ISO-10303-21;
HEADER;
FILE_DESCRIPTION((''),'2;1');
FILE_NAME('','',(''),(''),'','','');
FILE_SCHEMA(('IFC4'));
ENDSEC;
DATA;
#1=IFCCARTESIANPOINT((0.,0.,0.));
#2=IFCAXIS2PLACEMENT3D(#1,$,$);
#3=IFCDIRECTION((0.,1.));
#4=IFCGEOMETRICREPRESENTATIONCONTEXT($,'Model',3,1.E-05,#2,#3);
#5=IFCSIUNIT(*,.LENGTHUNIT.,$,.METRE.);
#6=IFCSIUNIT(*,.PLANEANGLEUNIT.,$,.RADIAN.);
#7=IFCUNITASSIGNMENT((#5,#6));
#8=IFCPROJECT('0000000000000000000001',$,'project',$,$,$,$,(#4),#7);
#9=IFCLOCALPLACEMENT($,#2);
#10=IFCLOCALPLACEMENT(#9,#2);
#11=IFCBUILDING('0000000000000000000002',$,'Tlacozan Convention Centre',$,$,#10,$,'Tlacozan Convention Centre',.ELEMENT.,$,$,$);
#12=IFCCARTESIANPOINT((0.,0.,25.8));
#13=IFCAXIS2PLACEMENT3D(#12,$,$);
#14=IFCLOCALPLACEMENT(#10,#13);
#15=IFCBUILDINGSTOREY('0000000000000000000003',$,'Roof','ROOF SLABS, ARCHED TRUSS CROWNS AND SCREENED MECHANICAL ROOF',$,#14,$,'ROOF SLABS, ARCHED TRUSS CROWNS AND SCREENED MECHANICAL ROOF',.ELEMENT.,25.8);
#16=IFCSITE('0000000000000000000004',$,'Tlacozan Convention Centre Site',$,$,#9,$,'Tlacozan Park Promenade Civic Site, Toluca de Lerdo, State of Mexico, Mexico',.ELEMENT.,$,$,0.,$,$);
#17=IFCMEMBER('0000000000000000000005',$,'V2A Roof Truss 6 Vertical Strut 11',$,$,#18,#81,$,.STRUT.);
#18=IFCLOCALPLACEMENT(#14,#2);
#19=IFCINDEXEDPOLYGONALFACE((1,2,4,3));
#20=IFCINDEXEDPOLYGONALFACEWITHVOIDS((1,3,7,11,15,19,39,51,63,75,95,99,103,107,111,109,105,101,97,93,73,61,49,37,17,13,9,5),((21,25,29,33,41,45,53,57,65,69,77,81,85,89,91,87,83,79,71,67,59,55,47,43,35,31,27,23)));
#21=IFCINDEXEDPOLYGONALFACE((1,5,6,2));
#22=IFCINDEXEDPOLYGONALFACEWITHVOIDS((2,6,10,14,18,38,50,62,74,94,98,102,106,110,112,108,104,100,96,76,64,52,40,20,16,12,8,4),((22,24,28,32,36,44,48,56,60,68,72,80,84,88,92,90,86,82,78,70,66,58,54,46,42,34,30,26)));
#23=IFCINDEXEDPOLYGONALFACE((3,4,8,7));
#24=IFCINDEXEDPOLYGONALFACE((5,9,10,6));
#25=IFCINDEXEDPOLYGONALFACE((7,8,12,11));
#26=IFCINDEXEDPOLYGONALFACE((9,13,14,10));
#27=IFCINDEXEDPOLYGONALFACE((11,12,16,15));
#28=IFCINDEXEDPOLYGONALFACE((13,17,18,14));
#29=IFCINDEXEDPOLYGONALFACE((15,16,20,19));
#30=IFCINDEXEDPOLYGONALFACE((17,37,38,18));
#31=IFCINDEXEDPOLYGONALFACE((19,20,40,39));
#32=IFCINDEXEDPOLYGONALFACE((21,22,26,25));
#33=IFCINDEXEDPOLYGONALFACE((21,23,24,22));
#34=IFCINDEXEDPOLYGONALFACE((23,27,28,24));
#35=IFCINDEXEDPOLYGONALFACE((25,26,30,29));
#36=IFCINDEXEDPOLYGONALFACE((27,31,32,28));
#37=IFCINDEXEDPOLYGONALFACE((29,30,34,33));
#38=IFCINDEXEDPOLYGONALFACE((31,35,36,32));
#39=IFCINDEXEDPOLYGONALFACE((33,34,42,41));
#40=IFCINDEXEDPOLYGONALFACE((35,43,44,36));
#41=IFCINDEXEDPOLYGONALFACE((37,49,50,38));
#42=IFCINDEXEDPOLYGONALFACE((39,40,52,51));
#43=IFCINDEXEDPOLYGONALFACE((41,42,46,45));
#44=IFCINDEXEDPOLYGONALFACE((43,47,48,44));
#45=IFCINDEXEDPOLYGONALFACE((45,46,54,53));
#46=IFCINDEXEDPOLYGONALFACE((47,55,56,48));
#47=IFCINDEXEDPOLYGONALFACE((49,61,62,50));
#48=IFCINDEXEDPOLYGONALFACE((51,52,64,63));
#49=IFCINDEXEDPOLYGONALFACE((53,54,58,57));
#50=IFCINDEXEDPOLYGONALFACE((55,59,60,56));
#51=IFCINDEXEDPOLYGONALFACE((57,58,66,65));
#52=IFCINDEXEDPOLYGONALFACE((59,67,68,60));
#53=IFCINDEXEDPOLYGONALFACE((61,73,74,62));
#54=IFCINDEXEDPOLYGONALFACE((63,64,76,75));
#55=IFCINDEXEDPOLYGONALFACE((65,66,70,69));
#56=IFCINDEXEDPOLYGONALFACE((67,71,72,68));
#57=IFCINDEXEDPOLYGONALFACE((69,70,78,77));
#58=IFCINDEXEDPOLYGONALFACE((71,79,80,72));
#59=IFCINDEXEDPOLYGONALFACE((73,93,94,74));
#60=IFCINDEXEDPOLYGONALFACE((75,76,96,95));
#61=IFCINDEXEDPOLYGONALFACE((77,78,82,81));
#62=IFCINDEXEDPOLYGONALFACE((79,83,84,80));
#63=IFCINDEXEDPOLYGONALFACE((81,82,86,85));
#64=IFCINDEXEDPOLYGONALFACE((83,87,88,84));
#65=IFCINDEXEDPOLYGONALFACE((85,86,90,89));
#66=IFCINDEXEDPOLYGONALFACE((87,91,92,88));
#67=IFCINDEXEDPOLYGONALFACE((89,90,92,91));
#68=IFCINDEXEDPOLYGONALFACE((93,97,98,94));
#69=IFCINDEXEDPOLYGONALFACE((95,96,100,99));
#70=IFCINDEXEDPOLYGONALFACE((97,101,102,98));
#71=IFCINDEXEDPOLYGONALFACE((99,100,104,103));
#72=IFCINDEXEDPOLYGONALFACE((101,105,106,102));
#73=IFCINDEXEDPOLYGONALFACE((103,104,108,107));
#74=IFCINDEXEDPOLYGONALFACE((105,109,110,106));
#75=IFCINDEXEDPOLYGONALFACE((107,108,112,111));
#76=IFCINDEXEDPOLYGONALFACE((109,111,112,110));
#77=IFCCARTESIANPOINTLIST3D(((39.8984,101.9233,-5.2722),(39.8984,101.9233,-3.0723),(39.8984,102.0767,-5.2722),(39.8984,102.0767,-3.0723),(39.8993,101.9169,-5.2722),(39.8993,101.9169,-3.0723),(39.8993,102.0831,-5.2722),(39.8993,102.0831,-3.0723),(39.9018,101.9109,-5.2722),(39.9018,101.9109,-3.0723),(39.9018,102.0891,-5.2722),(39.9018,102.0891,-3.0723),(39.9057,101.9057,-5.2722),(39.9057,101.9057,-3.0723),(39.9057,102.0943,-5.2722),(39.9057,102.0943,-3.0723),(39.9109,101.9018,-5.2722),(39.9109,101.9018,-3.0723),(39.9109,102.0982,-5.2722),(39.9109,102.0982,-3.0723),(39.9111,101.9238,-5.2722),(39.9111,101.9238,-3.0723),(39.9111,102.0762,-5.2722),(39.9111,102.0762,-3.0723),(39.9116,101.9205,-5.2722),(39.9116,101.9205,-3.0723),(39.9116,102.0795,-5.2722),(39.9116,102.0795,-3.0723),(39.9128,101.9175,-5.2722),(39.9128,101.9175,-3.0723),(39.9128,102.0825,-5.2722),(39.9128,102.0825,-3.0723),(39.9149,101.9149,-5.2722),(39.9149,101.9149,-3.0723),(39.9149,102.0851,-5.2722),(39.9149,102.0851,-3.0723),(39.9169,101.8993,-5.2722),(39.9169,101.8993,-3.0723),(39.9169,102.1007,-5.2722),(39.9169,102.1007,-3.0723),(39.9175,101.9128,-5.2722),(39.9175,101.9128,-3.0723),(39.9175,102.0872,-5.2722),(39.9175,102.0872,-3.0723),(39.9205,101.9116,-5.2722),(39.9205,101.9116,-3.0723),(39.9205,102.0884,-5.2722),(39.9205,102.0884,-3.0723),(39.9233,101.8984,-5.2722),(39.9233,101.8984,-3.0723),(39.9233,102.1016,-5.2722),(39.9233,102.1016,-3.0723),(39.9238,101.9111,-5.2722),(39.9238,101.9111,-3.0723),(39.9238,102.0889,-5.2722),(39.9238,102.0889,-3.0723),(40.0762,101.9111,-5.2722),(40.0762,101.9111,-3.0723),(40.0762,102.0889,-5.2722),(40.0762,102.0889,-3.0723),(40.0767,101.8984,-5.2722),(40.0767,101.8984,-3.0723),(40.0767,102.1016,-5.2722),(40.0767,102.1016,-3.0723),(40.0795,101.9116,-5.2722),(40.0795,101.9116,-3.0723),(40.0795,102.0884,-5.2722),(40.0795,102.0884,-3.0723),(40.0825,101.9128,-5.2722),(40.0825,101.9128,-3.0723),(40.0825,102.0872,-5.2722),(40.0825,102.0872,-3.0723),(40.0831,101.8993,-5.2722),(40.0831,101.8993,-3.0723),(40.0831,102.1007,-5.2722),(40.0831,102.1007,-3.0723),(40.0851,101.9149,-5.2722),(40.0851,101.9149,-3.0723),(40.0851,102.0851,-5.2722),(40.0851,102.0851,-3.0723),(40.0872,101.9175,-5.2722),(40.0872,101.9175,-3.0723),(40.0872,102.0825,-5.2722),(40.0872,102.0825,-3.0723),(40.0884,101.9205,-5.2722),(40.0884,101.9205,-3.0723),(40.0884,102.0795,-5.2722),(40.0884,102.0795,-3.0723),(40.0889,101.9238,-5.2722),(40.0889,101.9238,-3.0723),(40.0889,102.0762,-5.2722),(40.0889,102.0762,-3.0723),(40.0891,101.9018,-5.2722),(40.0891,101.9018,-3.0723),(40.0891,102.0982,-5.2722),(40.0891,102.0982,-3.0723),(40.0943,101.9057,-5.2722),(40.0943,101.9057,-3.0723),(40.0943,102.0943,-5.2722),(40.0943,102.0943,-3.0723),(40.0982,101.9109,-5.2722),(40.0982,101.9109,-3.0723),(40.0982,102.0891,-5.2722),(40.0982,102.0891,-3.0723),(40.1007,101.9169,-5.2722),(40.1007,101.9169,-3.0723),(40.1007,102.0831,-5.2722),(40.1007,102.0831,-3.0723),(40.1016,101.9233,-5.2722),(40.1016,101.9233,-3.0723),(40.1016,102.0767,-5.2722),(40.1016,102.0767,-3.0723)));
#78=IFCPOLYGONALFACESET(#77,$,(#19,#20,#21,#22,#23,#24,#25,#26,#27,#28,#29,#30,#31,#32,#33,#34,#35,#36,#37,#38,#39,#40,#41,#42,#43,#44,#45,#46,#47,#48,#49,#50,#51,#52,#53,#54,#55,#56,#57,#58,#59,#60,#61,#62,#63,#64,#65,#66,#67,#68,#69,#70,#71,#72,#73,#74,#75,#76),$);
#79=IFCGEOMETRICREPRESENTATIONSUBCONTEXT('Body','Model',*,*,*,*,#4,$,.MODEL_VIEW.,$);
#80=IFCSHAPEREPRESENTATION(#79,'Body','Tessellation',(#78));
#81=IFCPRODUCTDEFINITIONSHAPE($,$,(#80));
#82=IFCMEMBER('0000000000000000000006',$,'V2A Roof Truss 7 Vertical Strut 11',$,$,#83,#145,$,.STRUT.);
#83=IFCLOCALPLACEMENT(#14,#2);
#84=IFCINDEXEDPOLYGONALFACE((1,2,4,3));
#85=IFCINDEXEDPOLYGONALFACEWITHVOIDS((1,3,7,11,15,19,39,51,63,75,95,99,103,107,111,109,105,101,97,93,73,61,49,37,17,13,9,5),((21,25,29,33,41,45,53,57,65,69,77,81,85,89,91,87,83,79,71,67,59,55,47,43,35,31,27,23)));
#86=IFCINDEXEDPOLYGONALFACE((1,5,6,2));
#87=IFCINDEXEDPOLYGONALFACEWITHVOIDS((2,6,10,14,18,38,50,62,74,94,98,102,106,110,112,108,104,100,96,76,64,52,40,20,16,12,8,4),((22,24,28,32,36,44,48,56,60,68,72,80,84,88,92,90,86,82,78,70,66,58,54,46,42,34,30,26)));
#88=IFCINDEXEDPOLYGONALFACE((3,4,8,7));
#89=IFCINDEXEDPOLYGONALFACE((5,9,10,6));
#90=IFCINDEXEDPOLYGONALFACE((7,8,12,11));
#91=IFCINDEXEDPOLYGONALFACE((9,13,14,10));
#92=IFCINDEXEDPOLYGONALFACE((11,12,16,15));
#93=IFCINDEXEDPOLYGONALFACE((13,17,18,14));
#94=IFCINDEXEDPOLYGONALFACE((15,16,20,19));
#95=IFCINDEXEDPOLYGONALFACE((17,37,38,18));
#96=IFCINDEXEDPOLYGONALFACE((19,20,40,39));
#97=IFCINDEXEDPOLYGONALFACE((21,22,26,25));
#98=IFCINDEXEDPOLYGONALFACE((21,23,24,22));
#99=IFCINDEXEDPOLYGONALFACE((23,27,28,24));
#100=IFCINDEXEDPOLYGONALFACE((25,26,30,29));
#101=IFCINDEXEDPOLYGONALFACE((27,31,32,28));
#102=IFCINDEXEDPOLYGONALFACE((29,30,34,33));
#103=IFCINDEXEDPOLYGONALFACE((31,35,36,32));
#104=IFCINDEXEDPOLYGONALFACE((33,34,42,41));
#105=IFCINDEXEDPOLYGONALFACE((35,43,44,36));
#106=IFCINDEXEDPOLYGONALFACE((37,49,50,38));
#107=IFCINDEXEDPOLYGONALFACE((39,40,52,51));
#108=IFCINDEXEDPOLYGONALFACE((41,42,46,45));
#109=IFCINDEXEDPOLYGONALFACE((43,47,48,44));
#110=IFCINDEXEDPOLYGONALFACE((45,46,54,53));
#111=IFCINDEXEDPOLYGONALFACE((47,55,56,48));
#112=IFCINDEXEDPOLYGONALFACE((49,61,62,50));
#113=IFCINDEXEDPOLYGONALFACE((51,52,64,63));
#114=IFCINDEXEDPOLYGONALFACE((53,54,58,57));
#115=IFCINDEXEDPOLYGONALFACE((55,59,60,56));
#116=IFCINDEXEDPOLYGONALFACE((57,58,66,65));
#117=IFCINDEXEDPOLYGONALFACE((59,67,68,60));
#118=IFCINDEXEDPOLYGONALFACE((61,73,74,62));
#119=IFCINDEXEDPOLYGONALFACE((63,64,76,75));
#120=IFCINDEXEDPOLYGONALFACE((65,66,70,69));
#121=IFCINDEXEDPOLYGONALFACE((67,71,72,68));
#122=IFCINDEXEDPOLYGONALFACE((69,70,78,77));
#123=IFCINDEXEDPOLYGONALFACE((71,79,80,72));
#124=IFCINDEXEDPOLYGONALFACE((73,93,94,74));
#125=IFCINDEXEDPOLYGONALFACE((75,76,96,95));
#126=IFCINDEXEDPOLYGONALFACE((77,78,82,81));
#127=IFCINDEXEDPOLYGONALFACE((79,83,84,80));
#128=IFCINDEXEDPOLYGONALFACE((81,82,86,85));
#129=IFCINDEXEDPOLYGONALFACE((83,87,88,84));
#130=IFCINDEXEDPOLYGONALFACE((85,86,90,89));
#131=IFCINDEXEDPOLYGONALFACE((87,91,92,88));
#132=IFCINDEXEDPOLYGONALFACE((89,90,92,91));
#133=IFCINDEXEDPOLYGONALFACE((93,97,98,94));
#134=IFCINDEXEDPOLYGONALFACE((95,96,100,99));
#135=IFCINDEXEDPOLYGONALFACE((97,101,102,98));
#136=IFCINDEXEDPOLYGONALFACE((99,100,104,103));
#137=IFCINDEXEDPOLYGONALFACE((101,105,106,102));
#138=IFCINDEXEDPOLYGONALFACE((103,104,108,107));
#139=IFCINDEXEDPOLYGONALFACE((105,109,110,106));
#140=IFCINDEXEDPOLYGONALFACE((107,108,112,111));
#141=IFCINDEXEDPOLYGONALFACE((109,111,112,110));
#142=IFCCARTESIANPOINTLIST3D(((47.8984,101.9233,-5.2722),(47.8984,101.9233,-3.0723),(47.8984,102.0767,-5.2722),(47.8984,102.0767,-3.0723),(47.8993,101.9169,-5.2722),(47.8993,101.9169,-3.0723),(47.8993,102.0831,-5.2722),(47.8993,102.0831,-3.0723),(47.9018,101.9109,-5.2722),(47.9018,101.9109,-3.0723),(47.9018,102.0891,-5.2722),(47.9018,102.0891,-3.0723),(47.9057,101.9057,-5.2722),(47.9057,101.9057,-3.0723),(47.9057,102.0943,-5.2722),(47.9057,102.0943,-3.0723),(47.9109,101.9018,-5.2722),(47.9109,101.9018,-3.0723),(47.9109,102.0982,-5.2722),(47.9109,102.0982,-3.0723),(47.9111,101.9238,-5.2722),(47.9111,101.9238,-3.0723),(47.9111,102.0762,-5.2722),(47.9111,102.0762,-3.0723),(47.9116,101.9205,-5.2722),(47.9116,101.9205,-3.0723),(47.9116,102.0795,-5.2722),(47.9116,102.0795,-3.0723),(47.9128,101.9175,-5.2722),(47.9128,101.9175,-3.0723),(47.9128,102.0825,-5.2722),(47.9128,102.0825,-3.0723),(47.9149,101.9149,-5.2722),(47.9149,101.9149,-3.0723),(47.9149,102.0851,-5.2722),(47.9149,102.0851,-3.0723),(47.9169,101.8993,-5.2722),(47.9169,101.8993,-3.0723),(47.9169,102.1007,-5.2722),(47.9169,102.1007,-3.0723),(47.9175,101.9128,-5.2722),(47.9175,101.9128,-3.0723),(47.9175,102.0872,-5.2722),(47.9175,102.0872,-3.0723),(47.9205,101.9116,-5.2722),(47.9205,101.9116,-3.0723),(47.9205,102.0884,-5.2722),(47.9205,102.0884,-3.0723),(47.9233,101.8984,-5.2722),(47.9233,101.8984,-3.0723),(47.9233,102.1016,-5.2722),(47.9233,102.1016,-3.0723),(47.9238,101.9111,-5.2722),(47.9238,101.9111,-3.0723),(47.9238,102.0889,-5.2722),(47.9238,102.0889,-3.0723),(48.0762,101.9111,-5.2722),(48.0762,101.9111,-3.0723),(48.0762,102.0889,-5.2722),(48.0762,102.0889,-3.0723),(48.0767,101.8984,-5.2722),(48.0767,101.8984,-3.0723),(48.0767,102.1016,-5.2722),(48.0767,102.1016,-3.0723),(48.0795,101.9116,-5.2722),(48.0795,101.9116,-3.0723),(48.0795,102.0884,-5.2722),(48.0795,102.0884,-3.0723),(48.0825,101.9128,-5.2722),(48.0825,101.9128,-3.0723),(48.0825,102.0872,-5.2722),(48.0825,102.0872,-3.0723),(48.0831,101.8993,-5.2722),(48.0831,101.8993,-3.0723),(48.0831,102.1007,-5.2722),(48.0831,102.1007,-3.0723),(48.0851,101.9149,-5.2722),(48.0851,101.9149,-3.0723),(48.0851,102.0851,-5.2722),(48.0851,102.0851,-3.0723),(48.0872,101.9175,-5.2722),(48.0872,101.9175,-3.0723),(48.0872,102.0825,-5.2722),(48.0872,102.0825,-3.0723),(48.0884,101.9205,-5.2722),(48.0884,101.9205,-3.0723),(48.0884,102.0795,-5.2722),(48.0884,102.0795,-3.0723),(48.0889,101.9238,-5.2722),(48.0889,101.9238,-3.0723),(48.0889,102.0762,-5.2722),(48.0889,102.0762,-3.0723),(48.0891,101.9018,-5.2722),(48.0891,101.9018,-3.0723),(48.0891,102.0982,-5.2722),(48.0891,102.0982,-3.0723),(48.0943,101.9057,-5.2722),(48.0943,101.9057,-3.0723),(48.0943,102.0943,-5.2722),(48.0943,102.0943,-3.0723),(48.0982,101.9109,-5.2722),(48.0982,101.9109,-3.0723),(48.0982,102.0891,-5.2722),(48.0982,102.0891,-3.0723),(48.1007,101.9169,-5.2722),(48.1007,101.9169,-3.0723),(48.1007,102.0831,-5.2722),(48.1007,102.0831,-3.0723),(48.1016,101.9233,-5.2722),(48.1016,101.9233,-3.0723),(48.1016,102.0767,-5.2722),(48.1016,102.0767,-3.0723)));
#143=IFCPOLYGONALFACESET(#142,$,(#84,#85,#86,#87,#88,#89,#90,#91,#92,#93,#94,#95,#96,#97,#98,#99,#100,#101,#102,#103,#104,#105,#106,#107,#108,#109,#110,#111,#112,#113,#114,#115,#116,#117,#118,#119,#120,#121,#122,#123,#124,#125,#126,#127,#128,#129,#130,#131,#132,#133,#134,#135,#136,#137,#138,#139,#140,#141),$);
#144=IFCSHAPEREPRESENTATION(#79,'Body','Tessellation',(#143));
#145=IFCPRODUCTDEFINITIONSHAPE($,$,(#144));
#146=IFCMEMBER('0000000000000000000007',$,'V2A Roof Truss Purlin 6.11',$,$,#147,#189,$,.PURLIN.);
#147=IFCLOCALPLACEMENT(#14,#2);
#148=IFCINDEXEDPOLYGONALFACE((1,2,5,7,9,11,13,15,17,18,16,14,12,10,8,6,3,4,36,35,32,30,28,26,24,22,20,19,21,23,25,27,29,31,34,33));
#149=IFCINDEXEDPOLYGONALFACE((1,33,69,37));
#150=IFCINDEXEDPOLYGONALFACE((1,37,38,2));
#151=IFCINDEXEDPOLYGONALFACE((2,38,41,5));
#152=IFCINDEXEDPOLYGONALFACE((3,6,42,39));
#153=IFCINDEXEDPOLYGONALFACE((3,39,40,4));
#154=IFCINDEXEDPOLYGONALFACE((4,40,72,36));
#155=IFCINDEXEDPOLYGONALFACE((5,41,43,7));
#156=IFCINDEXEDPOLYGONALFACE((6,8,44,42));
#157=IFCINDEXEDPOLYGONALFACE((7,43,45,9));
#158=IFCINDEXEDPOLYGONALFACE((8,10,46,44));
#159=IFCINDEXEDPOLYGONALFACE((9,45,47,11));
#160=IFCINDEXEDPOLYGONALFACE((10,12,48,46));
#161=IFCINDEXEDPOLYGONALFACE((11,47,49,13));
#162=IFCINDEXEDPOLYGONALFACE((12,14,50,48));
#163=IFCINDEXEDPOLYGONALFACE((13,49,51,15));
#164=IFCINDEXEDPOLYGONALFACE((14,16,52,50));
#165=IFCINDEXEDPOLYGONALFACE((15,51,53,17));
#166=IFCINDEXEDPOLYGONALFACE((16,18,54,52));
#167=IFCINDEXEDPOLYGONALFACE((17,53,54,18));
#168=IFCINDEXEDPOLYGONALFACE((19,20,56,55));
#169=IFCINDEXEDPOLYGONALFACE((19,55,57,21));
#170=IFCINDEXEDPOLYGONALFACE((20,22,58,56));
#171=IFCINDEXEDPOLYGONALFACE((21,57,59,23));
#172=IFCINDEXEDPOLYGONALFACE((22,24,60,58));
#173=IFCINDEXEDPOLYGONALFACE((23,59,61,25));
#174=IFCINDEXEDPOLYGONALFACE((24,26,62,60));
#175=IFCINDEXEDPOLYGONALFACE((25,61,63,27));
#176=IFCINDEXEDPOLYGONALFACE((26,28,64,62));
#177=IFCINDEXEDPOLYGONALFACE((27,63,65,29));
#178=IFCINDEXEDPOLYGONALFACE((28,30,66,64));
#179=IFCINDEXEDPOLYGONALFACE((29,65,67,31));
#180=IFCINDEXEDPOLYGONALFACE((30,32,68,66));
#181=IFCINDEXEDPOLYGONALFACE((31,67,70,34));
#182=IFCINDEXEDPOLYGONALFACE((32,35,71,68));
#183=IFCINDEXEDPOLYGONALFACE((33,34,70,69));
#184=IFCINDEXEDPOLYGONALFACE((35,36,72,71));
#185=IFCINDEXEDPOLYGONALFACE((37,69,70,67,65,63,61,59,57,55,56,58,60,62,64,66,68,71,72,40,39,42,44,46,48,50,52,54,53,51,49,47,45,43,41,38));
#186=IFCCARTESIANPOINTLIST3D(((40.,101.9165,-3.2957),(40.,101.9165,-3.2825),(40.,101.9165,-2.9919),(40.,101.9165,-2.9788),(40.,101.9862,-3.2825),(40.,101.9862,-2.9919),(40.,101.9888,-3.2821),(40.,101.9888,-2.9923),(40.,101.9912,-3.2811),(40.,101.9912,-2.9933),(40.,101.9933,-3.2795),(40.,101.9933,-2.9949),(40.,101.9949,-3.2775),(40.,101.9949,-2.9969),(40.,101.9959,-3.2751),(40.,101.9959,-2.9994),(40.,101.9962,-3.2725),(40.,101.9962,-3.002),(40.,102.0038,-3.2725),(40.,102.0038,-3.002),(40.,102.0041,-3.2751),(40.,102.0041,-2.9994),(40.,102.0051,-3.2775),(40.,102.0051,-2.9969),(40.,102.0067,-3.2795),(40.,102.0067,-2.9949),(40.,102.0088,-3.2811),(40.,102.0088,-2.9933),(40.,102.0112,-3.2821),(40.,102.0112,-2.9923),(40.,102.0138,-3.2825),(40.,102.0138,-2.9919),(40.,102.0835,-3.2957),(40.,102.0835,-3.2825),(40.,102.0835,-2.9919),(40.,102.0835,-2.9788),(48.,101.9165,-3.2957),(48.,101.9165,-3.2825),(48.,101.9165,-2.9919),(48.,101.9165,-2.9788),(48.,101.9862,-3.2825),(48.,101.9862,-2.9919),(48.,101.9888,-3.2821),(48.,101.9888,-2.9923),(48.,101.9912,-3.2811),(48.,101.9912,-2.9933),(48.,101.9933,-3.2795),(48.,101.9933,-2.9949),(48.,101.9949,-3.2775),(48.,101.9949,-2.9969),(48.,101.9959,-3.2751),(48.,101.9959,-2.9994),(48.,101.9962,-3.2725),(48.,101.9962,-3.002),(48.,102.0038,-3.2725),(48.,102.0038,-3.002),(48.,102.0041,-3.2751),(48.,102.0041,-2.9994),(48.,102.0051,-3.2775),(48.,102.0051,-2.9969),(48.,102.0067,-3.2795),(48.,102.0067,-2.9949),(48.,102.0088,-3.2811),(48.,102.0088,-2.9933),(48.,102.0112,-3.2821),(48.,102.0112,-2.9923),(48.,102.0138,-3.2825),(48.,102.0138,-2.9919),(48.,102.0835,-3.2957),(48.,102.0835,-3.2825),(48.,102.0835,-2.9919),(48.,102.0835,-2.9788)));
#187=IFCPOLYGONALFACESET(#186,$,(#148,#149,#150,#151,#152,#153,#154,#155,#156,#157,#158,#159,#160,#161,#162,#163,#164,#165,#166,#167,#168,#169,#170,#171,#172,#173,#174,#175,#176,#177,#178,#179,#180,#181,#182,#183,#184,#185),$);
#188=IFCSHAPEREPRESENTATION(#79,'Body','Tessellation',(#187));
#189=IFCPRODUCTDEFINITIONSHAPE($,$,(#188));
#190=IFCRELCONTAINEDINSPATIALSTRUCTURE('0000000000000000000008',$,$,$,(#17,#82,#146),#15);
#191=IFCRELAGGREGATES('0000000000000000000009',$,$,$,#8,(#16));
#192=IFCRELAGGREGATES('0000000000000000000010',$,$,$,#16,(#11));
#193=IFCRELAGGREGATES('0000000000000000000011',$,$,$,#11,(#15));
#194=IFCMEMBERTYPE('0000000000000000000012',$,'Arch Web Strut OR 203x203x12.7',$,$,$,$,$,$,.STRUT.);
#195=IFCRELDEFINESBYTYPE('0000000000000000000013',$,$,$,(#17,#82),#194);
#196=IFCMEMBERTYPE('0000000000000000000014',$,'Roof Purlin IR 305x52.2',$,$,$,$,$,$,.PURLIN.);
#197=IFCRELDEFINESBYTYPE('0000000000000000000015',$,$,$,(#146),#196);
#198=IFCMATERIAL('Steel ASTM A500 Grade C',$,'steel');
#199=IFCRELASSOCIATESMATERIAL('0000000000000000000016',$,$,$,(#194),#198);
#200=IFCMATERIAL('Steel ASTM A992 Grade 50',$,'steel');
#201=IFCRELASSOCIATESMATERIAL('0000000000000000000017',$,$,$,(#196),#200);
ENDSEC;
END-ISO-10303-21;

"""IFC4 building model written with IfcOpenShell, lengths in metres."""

from ifc_helpers import new_model, si_unit, direction, frame, origin, origin_2d, place, context, subcontext, project, spatial, hollow_rectangle, i_section, extrude, material, material_profile, profile_set, type_object, element, save


model = new_model("IFC4")

# Units and contexts
model_context = context("Model", 3, precision=1e-05, world=origin(), true_north=direction((0.0, 1.0)))
body_context = subcontext(model_context, "Body", "Model", "MODEL_VIEW")
ifc_project = project(units=[si_unit("LENGTHUNIT", "METRE"), si_unit("PLANEANGLEUNIT", "RADIAN")], contexts=[model_context])

# Site, building, storey
site_placement = place(None, origin())
site = spatial("IfcSite", under=ifc_project, at=site_placement, Name="Tlacozan Convention Centre Site", LongName="Tlacozan Park Promenade Civic Site, Toluca de Lerdo, State of Mexico, Mexico", CompositionType="ELEMENT", RefElevation=0.0)
building_placement = place(site_placement, origin())
building = spatial("IfcBuilding", under=site, at=building_placement, Name="Tlacozan Convention Centre", LongName="Tlacozan Convention Centre", CompositionType="ELEMENT")
storey_placement = place(building_placement, frame((0.0, 0.0, 25.8)))
storey = spatial("IfcBuildingStorey", under=building, at=storey_placement, Name="Roof", Description="ROOF SLABS, ARCHED TRUSS CROWNS AND SCREENED MECHANICAL ROOF", LongName="ROOF SLABS, ARCHED TRUSS CROWNS AND SCREENED MECHANICAL ROOF", CompositionType="ELEMENT", Elevation=25.8)

# Members
ifc_material_1 = material(Name="Steel ASTM A500 Grade C", Category="steel")
ifc_material_profile_1 = material_profile(ifc_material_1, hollow_rectangle(XDim=0.2031, YDim=0.2031, WallThickness=0.0127, InnerFilletRadius=0.0127, OuterFilletRadius=0.0249, at=origin_2d()), Name="OR 203x203x12.7")
ifc_profile_set_1 = profile_set([ifc_material_profile_1], Name="Steel ASTM A500 Grade C")
member_type_1 = type_object("IfcMemberType", Name="Arch Web Strut OR 203x203x12.7", PredefinedType="STRUT", material=ifc_profile_set_1)
for number, where, z_axis, x_axis, name in (
    (1, (40.0, 102.0, -5.2722), (0.0, 0.0, 1.0), (1.0, 0.0, 0.0), "V2A Roof Truss 6 Vertical Strut 11"),
    (2, (48.0, 102.0, -5.2722), (0.0, 0.0, 1.0), (1.0, 0.0, 0.0), "V2A Roof Truss 7 Vertical Strut 11"),
):
    element("IfcMember", number, at=place(storey_placement, frame(where, z_axis=z_axis, x_axis=x_axis)), inside=storey, type_object=member_type_1, Name=name, PredefinedType="STRUT", context=body_context, shape_type="SweptSolid", body=[
        extrude(hollow_rectangle(XDim=0.2031, YDim=0.2031, WallThickness=0.0127, InnerFilletRadius=0.0127, OuterFilletRadius=0.0249, at=origin_2d()), origin(), (0.0, 0.0, 1.0), 2.2),
    ])
ifc_material_2 = material(Name="Steel ASTM A992 Grade 50", Category="steel")
ifc_material_profile_2 = material_profile(ifc_material_2, i_section(OverallWidth=0.167, OverallDepth=0.3169, WebThickness=0.0076, FlangeThickness=0.0132, FilletRadius=0.01, at=origin_2d()), Name="IR 305x52.2")
ifc_profile_set_2 = profile_set([ifc_material_profile_2], Name="Steel ASTM A992 Grade 50")
member_type_2 = type_object("IfcMemberType", Name="Roof Purlin IR 305x52.2", PredefinedType="PURLIN", material=ifc_profile_set_2)
for number, where, z_axis, x_axis, name in (
    (3, (40.0, 102.0, -3.1372), (1.0, 0.0, 0.0), (0.0, 1.0, 0.0), "V2A Roof Truss Purlin 6.11"),
):
    element("IfcMember", number, at=place(storey_placement, frame(where, z_axis=z_axis, x_axis=x_axis)), inside=storey, type_object=member_type_2, Name=name, PredefinedType="PURLIN", context=body_context, shape_type="SweptSolid", body=[
        extrude(i_section(OverallWidth=0.167, OverallDepth=0.3169, WebThickness=0.0076, FlangeThickness=0.0132, FilletRadius=0.01, at=origin_2d()), origin(), (0.0, 0.0, 1.0), 8.0),
    ])

save(model, "model.ifc")
